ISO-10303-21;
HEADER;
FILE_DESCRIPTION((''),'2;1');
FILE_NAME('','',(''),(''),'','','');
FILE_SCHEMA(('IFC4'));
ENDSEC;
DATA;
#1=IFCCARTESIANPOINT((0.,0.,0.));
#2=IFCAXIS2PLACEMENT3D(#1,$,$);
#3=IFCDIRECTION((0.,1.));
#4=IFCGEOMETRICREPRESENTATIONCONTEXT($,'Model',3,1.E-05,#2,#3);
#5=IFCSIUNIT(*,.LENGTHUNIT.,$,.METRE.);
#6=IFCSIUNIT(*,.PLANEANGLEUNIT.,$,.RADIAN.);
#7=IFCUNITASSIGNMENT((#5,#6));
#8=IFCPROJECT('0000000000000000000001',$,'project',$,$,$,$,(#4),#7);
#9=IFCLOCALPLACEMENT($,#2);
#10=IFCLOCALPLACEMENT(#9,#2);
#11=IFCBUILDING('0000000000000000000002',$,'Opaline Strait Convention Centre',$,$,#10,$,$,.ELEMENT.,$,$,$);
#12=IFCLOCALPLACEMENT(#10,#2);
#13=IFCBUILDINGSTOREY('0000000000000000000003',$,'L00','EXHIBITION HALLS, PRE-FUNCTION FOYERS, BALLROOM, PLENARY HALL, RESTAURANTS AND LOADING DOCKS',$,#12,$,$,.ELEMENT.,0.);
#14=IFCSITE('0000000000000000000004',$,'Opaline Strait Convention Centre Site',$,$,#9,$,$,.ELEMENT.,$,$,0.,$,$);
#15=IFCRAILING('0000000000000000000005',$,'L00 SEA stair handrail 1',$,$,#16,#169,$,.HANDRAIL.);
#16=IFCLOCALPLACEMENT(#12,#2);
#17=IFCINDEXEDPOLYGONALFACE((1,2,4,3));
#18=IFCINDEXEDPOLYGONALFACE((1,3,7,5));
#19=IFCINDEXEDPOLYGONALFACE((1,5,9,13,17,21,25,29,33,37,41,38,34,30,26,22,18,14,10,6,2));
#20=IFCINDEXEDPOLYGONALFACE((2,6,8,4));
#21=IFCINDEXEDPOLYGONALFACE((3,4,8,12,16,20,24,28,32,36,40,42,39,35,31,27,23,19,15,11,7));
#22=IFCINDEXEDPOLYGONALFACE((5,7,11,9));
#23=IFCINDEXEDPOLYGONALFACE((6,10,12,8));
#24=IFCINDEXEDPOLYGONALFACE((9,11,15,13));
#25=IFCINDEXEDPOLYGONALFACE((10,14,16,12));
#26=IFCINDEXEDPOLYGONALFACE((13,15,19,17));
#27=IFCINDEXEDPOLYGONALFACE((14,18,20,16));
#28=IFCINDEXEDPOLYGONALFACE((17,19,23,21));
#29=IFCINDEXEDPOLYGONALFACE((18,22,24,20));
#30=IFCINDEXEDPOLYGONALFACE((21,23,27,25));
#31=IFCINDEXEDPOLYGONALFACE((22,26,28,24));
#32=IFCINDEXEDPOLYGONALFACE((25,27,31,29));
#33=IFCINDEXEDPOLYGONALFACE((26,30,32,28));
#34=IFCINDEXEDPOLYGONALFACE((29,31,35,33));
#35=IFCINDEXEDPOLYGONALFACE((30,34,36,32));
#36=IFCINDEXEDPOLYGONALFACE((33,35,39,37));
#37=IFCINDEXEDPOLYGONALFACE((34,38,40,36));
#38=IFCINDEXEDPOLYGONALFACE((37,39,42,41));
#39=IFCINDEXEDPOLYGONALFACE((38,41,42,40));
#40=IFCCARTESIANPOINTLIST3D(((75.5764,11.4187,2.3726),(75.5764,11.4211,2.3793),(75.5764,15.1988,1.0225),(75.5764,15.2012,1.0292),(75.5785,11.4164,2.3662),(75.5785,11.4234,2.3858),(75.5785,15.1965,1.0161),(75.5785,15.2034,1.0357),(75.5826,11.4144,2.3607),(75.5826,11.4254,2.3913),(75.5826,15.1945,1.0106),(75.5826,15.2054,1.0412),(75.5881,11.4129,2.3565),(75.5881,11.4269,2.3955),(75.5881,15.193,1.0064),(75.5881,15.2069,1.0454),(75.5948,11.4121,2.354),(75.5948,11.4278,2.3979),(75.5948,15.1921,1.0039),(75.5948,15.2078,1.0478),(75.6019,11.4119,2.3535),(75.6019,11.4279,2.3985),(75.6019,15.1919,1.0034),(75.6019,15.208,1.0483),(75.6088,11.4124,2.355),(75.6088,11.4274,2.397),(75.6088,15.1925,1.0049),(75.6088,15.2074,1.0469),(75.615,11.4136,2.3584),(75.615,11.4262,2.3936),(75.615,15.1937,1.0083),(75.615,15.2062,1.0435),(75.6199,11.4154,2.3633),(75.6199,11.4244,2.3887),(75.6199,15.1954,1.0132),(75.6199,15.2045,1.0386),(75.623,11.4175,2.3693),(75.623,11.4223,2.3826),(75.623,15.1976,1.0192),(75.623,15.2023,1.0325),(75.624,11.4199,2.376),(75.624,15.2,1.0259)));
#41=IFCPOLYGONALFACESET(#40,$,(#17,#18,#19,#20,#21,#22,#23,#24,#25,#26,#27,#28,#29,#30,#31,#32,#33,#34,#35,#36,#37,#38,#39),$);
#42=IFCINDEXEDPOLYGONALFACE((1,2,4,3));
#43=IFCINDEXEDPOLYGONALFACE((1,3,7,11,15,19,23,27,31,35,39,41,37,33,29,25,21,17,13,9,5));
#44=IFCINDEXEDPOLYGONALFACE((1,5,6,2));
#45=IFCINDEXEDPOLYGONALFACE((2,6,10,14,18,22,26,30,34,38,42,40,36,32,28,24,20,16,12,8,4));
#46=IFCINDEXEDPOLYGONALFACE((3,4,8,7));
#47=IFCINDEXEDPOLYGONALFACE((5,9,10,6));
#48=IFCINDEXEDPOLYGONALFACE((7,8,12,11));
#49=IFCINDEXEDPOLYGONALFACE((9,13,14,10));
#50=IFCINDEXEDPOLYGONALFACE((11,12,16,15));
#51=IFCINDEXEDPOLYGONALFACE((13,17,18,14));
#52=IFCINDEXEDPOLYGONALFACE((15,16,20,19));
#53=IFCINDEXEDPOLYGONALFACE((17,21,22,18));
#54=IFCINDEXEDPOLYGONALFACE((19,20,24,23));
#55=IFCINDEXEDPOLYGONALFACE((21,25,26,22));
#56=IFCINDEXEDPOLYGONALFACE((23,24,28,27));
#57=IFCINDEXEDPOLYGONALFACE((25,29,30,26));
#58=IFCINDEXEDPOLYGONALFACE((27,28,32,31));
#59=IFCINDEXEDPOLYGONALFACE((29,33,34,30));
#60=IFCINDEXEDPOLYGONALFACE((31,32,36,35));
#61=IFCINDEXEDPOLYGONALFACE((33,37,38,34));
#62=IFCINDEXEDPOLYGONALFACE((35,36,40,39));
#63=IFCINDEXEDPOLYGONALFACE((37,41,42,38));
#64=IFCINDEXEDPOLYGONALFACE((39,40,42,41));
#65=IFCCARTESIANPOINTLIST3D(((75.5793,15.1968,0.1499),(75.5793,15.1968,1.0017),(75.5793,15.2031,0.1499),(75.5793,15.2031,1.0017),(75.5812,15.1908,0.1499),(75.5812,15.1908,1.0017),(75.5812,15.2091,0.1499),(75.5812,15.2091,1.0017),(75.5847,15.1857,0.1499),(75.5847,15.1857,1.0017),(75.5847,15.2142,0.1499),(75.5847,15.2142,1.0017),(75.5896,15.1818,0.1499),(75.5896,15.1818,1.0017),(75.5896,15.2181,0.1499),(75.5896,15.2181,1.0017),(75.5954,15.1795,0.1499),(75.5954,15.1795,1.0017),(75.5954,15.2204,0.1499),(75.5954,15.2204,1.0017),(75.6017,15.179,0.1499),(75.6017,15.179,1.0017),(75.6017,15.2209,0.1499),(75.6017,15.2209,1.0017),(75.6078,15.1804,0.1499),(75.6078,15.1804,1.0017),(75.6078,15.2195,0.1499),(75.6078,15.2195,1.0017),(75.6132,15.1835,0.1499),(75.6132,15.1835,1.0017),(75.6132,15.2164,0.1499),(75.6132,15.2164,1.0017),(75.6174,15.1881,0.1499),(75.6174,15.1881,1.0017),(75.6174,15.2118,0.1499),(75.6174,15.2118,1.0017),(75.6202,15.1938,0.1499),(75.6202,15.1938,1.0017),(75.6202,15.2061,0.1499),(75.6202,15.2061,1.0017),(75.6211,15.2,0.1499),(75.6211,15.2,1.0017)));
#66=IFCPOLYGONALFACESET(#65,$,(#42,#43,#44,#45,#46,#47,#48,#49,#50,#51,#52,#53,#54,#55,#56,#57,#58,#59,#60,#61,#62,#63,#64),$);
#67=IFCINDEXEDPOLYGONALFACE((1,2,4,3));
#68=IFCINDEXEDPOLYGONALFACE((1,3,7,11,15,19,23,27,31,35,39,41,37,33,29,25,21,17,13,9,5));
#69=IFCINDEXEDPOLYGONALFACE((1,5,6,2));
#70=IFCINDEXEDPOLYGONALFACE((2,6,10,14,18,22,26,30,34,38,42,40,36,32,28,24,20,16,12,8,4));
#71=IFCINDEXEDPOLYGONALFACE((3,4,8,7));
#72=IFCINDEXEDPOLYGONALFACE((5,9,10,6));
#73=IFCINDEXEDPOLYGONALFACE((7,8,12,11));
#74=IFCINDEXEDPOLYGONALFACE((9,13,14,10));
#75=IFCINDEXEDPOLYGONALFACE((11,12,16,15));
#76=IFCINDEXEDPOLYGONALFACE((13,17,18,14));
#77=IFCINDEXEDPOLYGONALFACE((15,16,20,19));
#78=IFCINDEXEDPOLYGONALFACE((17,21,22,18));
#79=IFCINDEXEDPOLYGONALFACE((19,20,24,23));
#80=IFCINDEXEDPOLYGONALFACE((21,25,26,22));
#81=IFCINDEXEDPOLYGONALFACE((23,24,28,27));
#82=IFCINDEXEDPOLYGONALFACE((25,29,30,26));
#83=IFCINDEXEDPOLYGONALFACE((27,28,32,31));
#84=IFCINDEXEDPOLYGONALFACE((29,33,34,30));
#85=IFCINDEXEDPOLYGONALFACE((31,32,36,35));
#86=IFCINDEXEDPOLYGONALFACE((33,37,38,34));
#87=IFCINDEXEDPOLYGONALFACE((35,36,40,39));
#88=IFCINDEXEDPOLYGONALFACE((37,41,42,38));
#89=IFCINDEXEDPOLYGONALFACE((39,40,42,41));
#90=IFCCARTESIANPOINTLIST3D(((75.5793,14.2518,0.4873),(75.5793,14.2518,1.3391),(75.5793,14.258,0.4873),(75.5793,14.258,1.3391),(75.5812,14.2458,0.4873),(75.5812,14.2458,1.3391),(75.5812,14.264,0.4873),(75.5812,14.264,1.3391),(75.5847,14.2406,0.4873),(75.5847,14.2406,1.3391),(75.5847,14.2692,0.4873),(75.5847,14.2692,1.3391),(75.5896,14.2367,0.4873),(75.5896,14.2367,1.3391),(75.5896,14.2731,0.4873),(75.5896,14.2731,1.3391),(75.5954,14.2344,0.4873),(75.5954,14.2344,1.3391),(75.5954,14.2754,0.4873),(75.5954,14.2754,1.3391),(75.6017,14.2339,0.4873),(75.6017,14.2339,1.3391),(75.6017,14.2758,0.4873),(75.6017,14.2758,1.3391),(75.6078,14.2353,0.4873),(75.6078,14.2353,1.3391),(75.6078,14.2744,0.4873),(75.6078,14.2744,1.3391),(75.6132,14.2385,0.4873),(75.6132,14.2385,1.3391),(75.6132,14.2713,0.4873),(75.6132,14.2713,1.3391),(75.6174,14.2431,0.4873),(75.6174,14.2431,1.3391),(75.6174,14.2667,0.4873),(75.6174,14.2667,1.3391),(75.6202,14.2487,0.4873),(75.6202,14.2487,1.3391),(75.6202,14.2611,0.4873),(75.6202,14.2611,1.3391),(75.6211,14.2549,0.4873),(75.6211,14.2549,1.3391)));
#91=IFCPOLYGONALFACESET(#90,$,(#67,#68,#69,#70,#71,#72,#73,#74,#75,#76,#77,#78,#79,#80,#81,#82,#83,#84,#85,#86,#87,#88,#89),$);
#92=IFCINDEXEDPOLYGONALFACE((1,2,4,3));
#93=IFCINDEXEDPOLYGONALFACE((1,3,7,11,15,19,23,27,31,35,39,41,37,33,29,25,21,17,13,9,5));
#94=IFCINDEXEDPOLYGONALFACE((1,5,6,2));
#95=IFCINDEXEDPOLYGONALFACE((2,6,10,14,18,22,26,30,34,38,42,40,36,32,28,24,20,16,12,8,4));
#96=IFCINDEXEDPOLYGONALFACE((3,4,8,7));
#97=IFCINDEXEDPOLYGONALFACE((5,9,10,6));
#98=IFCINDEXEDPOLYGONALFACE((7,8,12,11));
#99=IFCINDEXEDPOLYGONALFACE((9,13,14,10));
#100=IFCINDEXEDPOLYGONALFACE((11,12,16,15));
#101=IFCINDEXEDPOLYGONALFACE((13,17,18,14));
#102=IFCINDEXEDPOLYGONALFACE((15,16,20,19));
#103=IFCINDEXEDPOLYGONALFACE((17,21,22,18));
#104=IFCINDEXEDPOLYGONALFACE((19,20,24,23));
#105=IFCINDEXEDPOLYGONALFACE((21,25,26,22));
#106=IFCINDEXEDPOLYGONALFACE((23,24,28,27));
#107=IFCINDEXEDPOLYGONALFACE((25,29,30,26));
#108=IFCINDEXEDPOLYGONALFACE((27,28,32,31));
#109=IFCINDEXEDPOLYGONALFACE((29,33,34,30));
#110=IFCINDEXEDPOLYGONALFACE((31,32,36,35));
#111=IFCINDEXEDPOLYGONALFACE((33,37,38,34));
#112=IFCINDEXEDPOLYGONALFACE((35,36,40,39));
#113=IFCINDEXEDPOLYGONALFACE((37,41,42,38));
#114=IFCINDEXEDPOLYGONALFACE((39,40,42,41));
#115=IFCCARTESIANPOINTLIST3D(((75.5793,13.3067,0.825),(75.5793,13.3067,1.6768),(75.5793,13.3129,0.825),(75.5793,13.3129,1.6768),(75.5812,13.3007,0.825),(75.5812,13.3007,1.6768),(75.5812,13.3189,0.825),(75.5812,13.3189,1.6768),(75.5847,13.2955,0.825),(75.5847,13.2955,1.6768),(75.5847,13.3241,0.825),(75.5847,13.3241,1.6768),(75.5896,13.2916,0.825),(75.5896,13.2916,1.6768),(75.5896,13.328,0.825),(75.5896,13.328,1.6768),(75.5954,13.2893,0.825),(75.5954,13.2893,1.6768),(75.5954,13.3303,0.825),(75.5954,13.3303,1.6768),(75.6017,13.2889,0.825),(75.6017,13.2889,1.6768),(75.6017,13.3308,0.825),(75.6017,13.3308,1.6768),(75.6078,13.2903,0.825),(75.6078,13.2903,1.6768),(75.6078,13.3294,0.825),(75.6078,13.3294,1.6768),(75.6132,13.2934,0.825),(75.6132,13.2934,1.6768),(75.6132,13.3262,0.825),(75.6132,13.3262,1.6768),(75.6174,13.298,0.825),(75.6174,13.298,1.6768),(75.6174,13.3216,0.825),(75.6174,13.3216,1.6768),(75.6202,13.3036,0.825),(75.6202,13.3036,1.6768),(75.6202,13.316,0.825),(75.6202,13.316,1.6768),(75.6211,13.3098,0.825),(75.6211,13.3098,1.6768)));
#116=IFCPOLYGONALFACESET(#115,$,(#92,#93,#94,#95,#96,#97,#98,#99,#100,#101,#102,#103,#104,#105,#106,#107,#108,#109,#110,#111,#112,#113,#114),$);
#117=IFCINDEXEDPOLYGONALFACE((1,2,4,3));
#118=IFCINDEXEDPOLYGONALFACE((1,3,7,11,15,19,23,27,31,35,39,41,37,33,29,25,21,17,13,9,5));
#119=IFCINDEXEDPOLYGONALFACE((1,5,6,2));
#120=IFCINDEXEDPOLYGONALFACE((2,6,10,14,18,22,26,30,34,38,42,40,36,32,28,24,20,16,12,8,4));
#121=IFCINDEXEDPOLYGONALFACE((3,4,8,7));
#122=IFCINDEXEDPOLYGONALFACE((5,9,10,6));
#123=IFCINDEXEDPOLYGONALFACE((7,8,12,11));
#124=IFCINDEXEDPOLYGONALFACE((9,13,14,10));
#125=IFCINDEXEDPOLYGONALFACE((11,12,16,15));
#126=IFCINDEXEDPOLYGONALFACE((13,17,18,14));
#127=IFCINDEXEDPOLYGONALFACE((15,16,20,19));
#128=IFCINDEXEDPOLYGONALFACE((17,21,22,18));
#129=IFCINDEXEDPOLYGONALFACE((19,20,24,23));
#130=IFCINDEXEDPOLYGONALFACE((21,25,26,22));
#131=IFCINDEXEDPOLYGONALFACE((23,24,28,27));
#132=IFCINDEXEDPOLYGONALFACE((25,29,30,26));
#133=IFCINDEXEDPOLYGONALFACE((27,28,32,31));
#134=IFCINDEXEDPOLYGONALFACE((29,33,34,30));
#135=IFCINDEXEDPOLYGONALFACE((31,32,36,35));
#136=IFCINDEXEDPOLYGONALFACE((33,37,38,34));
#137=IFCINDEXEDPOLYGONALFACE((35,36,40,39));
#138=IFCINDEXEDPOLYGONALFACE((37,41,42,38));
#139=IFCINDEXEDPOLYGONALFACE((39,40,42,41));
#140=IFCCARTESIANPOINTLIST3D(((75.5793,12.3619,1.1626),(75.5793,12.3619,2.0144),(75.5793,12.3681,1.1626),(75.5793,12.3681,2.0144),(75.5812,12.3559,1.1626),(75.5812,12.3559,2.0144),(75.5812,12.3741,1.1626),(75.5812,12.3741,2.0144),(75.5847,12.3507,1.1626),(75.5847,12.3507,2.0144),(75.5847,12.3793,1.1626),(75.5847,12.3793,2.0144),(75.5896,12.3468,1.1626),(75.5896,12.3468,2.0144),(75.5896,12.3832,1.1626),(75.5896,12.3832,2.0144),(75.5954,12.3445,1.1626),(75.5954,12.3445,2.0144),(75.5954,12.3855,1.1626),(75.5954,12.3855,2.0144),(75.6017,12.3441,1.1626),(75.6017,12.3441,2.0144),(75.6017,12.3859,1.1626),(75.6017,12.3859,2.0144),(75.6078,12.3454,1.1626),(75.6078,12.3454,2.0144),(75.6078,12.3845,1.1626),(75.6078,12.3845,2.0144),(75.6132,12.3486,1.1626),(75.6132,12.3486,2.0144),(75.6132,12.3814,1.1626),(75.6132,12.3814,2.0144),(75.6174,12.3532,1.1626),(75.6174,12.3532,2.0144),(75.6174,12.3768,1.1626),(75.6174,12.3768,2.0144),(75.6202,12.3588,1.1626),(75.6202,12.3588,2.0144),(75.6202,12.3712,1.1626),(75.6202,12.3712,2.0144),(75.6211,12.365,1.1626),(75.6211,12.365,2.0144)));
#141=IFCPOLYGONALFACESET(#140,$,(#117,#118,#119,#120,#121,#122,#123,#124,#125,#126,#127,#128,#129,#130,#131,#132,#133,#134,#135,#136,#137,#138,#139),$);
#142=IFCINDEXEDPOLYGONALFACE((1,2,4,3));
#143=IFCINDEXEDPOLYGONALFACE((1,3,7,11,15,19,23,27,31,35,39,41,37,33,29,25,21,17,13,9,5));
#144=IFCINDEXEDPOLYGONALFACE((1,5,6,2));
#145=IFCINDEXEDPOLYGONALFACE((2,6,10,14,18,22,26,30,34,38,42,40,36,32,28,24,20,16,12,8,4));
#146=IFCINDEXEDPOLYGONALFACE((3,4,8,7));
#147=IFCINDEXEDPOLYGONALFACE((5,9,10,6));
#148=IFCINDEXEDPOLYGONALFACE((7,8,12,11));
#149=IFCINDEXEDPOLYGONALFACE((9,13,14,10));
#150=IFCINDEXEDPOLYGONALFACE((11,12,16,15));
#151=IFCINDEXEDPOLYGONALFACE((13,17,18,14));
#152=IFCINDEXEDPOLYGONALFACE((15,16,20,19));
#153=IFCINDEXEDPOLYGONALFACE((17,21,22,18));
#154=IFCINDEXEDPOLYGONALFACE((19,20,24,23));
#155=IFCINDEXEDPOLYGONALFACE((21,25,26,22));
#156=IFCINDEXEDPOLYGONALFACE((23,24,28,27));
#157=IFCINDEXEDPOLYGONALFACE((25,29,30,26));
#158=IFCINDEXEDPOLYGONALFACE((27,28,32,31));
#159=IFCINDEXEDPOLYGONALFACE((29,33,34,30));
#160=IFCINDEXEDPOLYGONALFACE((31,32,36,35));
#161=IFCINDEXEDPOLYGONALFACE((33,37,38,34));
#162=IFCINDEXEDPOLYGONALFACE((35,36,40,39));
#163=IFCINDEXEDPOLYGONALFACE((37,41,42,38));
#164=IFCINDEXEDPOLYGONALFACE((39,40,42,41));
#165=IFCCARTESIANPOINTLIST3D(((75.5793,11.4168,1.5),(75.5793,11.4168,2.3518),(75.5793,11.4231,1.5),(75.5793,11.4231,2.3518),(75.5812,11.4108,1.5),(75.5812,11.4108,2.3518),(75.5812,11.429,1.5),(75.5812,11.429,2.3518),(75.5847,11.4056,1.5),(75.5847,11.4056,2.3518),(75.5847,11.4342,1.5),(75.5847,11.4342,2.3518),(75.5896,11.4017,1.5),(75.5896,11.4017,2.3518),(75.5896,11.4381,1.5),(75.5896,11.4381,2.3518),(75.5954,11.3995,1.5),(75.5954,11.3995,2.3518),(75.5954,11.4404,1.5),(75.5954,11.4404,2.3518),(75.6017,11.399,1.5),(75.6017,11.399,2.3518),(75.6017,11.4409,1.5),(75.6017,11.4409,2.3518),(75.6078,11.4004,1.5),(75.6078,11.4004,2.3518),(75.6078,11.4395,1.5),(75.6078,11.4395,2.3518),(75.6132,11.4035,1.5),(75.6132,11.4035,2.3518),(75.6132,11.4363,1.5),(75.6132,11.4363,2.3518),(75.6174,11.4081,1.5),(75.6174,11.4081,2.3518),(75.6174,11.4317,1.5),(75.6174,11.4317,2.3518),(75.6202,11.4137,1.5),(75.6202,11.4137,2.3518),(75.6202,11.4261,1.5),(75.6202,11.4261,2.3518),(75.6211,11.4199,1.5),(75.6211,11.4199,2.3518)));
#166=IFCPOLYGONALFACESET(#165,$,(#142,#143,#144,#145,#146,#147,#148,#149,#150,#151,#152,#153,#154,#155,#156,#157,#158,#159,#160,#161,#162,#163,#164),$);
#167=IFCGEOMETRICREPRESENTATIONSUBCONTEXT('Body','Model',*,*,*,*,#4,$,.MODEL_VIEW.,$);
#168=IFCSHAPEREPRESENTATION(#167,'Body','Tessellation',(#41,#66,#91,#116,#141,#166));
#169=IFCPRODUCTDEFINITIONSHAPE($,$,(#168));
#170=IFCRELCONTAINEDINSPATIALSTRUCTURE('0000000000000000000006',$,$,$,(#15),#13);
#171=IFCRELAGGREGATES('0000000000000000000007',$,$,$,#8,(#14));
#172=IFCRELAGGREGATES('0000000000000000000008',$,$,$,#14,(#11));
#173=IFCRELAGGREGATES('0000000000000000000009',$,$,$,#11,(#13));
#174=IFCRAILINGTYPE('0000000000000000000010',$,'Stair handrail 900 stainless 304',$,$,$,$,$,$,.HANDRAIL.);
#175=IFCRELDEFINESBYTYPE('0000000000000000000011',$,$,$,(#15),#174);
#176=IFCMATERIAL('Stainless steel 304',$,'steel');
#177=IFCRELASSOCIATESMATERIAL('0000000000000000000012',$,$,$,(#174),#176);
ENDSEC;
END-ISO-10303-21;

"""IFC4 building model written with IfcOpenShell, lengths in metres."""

from ifc_helpers import new_model, si_unit, direction, frame, origin, origin_2d, place, context, subcontext, project, spatial, circle, extrude, material, type_object, element, save


model = new_model("IFC4")

# Units and contexts
model_context = context("Model", 3, precision=1e-05, world=origin(), true_north=direction((0.0, 1.0)))
body_context = subcontext(model_context, "Body", "Model", "MODEL_VIEW")
ifc_project = project(units=[si_unit("LENGTHUNIT", "METRE"), si_unit("PLANEANGLEUNIT", "RADIAN")], contexts=[model_context])

# Site, building, storey
site_placement = place(None, origin())
site = spatial("IfcSite", under=ifc_project, at=site_placement, Name="Opaline Strait Convention Centre Site", CompositionType="ELEMENT", RefElevation=0.0)
building_placement = place(site_placement, origin())
building = spatial("IfcBuilding", under=site, at=building_placement, Name="Opaline Strait Convention Centre", CompositionType="ELEMENT")
storey_placement = place(building_placement, origin())
storey = spatial("IfcBuildingStorey", under=building, at=storey_placement, Name="L00", Description="EXHIBITION HALLS, PRE-FUNCTION FOYERS, BALLROOM, PLENARY HALL, RESTAURANTS AND LOADING DOCKS", CompositionType="ELEMENT", Elevation=0.0)

# Railing
ifc_material_1 = material(Name="Stainless steel 304", Category="steel")
railing_type_1 = type_object("IfcRailingType", Name="Stair handrail 900 stainless 304", PredefinedType="HANDRAIL", material=ifc_material_1)
railing_1_placement = place(storey_placement, frame((75.6001, 15.2, 0.1499)))
element("IfcRailing", 1, at=railing_1_placement, inside=storey, type_object=railing_type_1, Name="L00 SEA stair handrail 1", PredefinedType="HANDRAIL", context=body_context, shape_type="SweptSolid", body=[
    extrude(circle(Radius=0.0239, at=origin_2d()), frame((0.0, 0.0, 0.876), z_axis=(0.0, -0.941735, 0.336356), x_axis=(1.0, 0.0, 0.0)), (0.0, 0.0, 1.0), 4.0139),
    extrude(circle(Radius=0.021, at=origin_2d()), origin(), (0.0, 0.0, 1.0), 0.8518),
    extrude(circle(Radius=0.021, at=origin_2d()), frame((0.0, -0.9451, 0.3374)), (0.0, 0.0, 1.0), 0.8518),
    extrude(circle(Radius=0.021, at=origin_2d()), frame((0.0, -1.8901, 0.675)), (0.0, 0.0, 1.0), 0.8518),
    extrude(circle(Radius=0.021, at=origin_2d()), frame((0.0, -2.835, 1.0127)), (0.0, 0.0, 1.0), 0.8518),
    extrude(circle(Radius=0.021, at=origin_2d()), frame((0.0, -3.78, 1.3501)), (0.0, 0.0, 1.0), 0.8518),
])

save(model, "model.ifc")
